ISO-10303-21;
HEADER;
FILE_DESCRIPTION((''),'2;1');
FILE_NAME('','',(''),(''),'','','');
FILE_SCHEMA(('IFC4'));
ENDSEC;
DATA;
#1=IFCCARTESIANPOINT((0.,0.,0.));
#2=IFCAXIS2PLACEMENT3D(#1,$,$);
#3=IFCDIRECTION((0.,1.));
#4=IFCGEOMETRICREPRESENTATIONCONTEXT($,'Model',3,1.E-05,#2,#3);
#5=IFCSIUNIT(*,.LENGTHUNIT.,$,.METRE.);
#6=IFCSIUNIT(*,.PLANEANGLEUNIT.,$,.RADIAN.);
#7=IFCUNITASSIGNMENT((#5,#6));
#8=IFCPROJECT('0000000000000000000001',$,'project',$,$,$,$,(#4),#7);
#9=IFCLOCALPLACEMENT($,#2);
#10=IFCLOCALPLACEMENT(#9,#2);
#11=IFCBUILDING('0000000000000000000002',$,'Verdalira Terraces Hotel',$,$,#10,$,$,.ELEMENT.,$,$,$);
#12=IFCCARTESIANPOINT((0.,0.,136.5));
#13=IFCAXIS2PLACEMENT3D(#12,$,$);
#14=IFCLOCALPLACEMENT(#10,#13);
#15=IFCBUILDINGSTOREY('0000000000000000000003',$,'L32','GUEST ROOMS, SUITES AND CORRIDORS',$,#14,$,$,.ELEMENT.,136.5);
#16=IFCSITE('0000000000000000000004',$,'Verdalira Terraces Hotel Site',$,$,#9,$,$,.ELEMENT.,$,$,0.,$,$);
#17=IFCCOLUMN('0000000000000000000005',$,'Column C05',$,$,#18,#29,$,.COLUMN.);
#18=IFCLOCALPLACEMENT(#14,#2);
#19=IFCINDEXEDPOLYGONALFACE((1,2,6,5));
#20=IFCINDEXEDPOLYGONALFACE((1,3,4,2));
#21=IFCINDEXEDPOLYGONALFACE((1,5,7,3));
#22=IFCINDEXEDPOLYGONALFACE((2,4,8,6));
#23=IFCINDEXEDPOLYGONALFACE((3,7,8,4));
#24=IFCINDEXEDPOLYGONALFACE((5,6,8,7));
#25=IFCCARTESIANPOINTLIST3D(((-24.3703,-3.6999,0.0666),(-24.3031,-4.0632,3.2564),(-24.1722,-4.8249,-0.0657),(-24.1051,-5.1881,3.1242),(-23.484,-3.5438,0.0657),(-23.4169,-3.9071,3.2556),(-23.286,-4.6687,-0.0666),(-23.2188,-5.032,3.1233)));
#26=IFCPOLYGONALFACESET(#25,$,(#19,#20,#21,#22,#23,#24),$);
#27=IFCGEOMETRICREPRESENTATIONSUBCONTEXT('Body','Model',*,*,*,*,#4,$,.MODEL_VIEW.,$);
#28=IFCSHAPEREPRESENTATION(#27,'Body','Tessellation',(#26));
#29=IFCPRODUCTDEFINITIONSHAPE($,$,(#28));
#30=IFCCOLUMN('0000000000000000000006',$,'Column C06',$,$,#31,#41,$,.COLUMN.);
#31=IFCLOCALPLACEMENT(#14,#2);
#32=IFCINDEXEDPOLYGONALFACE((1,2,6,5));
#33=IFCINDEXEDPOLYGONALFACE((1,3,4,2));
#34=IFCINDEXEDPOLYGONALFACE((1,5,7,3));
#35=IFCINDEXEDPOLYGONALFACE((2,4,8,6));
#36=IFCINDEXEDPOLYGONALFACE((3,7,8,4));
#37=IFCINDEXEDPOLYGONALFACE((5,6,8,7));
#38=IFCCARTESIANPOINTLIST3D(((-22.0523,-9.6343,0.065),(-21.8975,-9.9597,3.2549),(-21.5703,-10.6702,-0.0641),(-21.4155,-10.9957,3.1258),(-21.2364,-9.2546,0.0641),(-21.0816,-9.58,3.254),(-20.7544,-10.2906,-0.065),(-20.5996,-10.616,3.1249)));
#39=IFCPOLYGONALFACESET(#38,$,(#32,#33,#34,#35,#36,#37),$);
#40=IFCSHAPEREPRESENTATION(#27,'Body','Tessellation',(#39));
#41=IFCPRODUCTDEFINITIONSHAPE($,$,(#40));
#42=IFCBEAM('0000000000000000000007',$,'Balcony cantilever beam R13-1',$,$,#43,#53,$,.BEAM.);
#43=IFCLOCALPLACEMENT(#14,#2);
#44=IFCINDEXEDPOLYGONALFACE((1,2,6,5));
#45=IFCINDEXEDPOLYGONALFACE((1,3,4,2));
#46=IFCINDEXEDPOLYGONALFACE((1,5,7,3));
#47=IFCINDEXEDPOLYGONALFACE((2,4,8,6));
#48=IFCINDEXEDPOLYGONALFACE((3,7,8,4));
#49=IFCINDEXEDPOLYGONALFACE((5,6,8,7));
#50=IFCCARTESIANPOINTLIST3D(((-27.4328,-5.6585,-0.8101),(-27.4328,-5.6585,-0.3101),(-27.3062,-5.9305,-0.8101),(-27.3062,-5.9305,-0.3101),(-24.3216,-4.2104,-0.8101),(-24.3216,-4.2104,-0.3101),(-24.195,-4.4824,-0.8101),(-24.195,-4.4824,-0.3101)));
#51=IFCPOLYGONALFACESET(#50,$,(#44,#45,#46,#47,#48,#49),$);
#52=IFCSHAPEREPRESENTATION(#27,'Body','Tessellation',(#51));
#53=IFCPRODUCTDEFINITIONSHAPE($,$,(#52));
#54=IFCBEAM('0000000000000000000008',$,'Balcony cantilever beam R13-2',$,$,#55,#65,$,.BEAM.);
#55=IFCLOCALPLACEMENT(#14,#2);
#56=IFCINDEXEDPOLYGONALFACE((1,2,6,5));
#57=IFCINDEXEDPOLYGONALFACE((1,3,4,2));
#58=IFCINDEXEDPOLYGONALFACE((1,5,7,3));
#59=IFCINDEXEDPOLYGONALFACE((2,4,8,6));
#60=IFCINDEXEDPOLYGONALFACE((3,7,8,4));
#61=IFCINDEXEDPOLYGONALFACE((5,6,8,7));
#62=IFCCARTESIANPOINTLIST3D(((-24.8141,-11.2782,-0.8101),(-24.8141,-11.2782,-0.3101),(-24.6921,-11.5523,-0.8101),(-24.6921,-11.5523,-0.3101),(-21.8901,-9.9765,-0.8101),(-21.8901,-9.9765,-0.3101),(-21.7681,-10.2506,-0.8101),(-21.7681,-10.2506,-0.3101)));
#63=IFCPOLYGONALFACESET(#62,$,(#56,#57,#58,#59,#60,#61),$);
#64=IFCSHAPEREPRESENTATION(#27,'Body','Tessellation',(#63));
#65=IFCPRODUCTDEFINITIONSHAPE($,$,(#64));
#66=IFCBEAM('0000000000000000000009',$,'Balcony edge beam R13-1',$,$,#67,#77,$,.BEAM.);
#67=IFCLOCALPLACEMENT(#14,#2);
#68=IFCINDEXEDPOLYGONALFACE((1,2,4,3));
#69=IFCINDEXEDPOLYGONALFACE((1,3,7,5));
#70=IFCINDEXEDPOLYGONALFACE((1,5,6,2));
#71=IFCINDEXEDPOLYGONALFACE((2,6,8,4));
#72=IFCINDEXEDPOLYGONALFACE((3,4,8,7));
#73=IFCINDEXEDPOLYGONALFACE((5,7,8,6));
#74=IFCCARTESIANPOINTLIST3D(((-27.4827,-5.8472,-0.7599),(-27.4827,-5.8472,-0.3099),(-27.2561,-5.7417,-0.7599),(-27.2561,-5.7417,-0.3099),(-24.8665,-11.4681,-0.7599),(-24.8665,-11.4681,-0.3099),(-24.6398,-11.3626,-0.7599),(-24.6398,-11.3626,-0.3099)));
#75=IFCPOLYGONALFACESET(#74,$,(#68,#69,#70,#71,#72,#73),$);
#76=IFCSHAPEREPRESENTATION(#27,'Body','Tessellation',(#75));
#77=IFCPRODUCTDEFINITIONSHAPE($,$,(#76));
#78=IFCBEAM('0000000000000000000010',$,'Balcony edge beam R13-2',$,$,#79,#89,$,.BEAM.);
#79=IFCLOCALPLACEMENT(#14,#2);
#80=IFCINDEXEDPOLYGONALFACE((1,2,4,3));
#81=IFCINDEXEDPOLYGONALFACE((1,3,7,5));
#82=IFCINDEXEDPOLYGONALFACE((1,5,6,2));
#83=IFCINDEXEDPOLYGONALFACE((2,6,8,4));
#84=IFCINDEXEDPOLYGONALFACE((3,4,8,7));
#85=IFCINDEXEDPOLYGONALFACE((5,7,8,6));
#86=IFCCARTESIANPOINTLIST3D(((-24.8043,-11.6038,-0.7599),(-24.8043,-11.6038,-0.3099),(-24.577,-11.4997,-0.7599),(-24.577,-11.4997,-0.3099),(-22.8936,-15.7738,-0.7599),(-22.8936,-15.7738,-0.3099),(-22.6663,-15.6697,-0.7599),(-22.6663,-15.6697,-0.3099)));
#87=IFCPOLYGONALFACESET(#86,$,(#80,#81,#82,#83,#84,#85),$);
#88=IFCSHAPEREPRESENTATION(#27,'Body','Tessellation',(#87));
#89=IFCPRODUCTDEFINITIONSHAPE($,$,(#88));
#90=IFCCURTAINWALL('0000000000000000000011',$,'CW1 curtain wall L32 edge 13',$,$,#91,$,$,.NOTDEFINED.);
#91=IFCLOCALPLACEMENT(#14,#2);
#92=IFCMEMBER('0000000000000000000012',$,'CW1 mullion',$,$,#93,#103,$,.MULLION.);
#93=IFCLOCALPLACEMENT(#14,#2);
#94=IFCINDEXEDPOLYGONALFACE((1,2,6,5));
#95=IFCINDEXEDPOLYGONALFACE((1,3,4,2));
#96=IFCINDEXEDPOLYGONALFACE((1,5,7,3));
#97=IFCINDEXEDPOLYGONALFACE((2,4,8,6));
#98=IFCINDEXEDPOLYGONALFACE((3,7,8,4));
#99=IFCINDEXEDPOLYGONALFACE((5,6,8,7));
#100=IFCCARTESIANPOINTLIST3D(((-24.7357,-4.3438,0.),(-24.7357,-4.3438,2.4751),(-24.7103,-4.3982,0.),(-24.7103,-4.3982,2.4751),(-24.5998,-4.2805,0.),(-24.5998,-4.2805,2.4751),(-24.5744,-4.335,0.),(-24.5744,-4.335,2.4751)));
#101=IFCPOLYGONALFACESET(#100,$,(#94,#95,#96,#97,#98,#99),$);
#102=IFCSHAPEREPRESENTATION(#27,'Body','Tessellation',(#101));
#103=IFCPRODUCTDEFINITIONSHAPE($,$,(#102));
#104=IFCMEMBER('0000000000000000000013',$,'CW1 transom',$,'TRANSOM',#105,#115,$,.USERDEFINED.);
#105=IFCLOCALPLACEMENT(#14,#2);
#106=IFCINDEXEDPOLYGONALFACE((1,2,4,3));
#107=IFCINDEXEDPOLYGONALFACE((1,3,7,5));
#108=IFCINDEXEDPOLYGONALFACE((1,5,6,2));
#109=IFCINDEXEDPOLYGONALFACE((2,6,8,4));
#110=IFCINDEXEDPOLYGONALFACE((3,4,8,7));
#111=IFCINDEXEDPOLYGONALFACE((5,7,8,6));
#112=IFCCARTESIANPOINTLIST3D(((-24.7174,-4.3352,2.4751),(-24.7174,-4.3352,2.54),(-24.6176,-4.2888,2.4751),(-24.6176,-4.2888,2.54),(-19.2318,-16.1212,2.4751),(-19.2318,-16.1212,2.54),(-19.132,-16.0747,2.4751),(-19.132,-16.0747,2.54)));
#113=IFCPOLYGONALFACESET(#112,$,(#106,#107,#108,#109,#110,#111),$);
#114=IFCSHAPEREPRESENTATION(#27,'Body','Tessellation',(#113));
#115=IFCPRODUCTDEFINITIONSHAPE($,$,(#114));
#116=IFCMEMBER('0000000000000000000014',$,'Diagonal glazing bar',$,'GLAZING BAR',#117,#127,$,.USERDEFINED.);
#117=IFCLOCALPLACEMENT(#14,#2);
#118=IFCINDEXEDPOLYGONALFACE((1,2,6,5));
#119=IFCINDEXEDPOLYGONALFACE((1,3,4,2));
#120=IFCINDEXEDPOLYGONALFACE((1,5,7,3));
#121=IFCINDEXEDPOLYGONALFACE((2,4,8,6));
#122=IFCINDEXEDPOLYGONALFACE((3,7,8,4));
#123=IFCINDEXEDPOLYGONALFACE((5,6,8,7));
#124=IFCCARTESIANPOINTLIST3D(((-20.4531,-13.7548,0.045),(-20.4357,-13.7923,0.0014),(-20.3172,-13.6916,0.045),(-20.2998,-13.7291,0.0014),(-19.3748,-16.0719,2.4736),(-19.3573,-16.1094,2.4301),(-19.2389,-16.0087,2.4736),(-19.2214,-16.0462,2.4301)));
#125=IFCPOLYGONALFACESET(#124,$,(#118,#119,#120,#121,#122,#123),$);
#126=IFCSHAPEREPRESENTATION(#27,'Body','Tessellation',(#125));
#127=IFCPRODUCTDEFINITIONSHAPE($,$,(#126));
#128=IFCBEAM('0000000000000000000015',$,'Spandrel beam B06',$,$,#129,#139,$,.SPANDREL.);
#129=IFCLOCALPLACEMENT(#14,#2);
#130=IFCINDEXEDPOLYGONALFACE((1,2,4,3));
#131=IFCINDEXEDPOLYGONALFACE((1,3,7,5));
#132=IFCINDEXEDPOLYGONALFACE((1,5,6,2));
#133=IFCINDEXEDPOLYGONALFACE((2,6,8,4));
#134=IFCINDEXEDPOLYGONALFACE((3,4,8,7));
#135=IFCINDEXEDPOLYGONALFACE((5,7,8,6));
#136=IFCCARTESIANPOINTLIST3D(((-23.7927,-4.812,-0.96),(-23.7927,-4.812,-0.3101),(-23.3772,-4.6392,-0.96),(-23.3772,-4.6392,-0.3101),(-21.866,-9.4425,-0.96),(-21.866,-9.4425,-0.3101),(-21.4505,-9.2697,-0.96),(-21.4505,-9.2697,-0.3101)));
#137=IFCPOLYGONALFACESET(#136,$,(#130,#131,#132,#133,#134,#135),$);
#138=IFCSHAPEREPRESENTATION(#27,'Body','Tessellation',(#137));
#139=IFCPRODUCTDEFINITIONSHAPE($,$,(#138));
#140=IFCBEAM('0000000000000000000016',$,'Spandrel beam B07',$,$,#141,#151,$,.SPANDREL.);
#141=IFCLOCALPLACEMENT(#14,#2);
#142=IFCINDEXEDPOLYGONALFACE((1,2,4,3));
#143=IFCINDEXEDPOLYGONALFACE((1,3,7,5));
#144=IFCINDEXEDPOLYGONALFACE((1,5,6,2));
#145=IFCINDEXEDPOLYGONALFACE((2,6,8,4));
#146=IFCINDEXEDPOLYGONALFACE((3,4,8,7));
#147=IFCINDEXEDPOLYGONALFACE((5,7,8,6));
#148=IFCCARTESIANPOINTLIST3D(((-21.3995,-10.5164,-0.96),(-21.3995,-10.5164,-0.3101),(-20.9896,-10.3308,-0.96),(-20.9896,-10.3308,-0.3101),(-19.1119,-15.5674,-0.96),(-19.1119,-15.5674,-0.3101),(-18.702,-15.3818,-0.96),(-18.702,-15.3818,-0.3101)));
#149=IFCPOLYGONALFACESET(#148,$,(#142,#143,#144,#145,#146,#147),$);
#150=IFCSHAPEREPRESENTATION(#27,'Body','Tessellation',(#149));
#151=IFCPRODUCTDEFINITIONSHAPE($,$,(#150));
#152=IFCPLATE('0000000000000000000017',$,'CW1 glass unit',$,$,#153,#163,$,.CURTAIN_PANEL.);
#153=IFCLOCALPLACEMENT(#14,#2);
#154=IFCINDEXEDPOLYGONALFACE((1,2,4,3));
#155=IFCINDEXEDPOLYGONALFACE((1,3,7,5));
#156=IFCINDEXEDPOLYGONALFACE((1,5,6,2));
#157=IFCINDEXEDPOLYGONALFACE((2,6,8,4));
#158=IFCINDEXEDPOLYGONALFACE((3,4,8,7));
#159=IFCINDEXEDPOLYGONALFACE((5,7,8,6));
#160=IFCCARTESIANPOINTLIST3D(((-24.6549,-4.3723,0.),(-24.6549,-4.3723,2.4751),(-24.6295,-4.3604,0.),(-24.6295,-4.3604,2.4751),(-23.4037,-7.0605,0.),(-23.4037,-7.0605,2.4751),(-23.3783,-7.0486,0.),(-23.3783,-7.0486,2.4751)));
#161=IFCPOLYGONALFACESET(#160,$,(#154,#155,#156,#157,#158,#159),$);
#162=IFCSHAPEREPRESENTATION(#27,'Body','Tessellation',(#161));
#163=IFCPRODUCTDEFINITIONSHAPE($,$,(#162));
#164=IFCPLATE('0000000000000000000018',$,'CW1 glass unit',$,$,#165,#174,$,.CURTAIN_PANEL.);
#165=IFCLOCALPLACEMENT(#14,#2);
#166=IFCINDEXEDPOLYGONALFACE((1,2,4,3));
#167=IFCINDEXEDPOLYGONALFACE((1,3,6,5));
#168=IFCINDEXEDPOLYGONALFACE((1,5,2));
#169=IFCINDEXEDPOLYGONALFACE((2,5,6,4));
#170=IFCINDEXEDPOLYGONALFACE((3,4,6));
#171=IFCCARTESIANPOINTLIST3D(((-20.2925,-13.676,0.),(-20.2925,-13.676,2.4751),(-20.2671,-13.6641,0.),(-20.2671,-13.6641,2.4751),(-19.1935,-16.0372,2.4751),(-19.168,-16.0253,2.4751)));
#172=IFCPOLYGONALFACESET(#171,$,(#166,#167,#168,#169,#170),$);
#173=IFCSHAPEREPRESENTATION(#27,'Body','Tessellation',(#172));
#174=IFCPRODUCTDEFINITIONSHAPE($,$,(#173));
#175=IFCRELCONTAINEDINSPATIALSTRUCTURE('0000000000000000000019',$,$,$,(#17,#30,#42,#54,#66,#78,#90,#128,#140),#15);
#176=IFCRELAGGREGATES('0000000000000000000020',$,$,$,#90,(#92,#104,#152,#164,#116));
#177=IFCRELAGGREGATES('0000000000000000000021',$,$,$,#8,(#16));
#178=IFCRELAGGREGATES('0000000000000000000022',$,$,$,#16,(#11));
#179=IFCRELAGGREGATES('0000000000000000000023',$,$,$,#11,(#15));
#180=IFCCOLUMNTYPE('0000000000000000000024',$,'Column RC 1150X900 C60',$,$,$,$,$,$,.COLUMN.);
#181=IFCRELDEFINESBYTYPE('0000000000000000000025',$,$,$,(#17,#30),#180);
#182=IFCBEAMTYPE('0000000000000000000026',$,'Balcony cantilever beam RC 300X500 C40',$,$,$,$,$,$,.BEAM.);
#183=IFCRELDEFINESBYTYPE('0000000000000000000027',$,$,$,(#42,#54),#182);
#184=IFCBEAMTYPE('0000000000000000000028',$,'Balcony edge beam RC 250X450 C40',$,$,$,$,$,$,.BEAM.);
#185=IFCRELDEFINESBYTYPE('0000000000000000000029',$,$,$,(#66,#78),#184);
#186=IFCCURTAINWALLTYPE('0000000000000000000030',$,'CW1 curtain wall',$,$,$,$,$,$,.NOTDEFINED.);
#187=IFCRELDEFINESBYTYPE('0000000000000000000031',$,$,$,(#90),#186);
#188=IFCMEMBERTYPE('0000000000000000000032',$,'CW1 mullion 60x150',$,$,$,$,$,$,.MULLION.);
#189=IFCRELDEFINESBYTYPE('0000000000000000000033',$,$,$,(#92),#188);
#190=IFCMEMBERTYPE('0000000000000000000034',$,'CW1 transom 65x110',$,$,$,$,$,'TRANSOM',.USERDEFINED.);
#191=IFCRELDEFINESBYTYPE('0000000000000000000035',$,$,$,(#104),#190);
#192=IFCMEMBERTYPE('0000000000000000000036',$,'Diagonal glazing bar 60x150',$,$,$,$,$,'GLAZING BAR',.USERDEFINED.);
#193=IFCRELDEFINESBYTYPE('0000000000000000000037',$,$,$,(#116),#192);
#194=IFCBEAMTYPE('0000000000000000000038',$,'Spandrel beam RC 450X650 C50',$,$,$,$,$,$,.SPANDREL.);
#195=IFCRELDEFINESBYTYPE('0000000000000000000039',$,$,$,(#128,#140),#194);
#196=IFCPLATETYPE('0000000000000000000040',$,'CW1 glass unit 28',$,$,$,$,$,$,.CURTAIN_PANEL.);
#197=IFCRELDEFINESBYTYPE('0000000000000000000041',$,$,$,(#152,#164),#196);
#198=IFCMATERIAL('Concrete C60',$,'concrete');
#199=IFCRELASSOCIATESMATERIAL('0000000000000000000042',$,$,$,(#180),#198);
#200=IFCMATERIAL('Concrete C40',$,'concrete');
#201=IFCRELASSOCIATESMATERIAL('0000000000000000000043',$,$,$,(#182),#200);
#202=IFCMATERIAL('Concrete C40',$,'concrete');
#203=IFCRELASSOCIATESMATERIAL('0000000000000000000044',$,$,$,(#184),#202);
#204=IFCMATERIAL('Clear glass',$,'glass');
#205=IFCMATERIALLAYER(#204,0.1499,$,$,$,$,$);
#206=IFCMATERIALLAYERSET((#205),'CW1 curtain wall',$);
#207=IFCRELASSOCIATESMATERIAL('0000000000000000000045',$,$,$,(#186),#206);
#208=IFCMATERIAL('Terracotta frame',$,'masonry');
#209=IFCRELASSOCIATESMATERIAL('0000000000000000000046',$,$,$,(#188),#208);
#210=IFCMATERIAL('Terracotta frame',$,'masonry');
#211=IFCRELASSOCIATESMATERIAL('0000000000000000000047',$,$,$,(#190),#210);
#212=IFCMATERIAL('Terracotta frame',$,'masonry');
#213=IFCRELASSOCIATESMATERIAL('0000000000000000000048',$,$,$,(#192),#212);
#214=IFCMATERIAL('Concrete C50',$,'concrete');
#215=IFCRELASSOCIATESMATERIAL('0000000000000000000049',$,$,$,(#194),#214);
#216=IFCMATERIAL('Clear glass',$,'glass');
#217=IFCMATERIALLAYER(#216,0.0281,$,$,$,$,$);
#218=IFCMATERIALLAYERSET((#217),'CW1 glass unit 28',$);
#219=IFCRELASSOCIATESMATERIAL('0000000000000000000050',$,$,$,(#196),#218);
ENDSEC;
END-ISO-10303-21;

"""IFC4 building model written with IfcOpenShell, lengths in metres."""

from ifc_helpers import new_model, si_unit, direction, frame, origin, origin_2d, place, context, subcontext, project, spatial, polyline, rectangle, outline, extrude, material, layer, layer_set, material_profile, profile_set, type_object, element, aggregate, save


model = new_model("IFC4")

# Units and contexts
model_context = context("Model", 3, precision=1e-05, world=origin(), true_north=direction((0.0, 1.0)))
body_context = subcontext(model_context, "Body", "Model", "MODEL_VIEW")
ifc_project = project(units=[si_unit("LENGTHUNIT", "METRE"), si_unit("PLANEANGLEUNIT", "RADIAN")], contexts=[model_context])

# Site, building, storey
site_placement = place(None, origin())
site = spatial("IfcSite", under=ifc_project, at=site_placement, Name="Verdalira Terraces Hotel Site", CompositionType="ELEMENT", RefElevation=0.0)
building_placement = place(site_placement, origin())
building = spatial("IfcBuilding", under=site, at=building_placement, Name="Verdalira Terraces Hotel", CompositionType="ELEMENT")
storey_placement = place(building_placement, frame((0.0, 0.0, 136.5)))
storey = spatial("IfcBuildingStorey", under=building, at=storey_placement, Name="L32", Description="GUEST ROOMS, SUITES AND CORRIDORS", CompositionType="ELEMENT", Elevation=136.5)

# Columns
ifc_material_1 = material(Name="Concrete C60", Category="concrete")
ifc_material_profile_1 = material_profile(ifc_material_1, rectangle(XDim=1.1499, YDim=0.8999, at=origin_2d()), Name="RC 1150X900")
ifc_profile_set_1 = profile_set([ifc_material_profile_1], Name="Concrete C60")
column_type = type_object("IfcColumnType", Name="Column RC 1150X900 C60", PredefinedType="COLUMN", material=ifc_profile_set_1)
column_1_placement = place(storey_placement, frame((-23.8281, -4.1843, 0.0), z_axis=(0.020907, -0.113127, 0.993361), x_axis=(-0.172228, 0.978317, 0.115039)))
element("IfcColumn", 1, at=column_1_placement, inside=storey, type_object=column_type, Name="Column C05", PredefinedType="COLUMN", context=body_context, shape_type="SweptSolid", body=[
    extrude(rectangle(XDim=1.1499, YDim=0.8999, at=origin_2d()), origin(), (0.0, 0.0, 1.0), 3.2112),
])
column_2_placement = place(storey_placement, frame((-21.4033, -9.9624, 0.0), z_axis=(0.048216, -0.101376, 0.993679), x_axis=(0.419168, -0.900942, -0.112254)))
element("IfcColumn", 2, at=column_2_placement, inside=storey, type_object=column_type, Name="Column C06", PredefinedType="COLUMN", context=body_context, shape_type="SweptSolid", body=[
    extrude(rectangle(XDim=1.1499, YDim=0.8999, at=origin_2d()), origin(), (0.0, 0.0, 1.0), 3.2102),
])

# Beams
ifc_material_2 = material(Name="Concrete C40", Category="concrete")
ifc_material_profile_2 = material_profile(ifc_material_2, rectangle(XDim=0.3, YDim=0.5, at=origin_2d()), Name="RC 300X500")
ifc_profile_set_2 = profile_set([ifc_material_profile_2], Name="Concrete C40")
beam_type_1 = type_object("IfcBeamType", Name="Balcony cantilever beam RC 300X500 C40", PredefinedType="BEAM", material=ifc_profile_set_2)
beam_1_placement = place(storey_placement, frame((-24.2583, -4.3464, -0.5601), z_axis=(-0.906612, -0.421966, 0.0), x_axis=(0.421966, -0.906612, 0.0)))
element("IfcBeam", 3, at=beam_1_placement, inside=storey, type_object=beam_type_1, Name="Balcony cantilever beam R13-1", PredefinedType="BEAM", context=body_context, shape_type="SweptSolid", body=[
    extrude(rectangle(XDim=0.3, YDim=0.5, at=origin_2d()), origin(), (0.0, 0.0, 1.0), 3.4316),
])
beam_2_placement = place(storey_placement, frame((-21.8291, -10.1135, -0.5601), z_axis=(-0.91356, -0.406705, 0.0), x_axis=(0.406705, -0.91356, 0.0)))
element("IfcBeam", 4, at=beam_2_placement, inside=storey, type_object=beam_type_1, Name="Balcony cantilever beam R13-2", PredefinedType="BEAM", context=body_context, shape_type="SweptSolid", body=[
    extrude(rectangle(XDim=0.3, YDim=0.5, at=origin_2d()), origin(), (0.0, 0.0, 1.0), 3.2007),
])
ifc_material_3 = material(Name="Concrete C40", Category="concrete")
ifc_material_profile_3 = material_profile(ifc_material_3, rectangle(XDim=0.25, YDim=0.45, at=origin_2d()), Name="RC 250X450")
ifc_profile_set_3 = profile_set([ifc_material_profile_3], Name="Concrete C40")
beam_type_2 = type_object("IfcBeamType", Name="Balcony edge beam RC 250X450 C40", PredefinedType="BEAM", material=ifc_profile_set_3)
beam_3_placement = place(storey_placement, frame((-27.3694, -5.7944, -0.5349), z_axis=(0.421978, -0.906606, 0.0), x_axis=(0.906606, 0.421978, 0.0)))
element("IfcBeam", 5, at=beam_3_placement, inside=storey, type_object=beam_type_2, Name="Balcony edge beam R13-1", PredefinedType="BEAM", context=body_context, shape_type="SweptSolid", body=[
    extrude(rectangle(XDim=0.25, YDim=0.45, at=origin_2d()), origin(), (0.0, 0.0, 1.0), 6.2),
])
beam_4_placement = place(storey_placement, frame((-24.6907, -11.5518, -0.5349), z_axis=(0.416552, -0.909112, 0.0), x_axis=(0.909112, 0.416552, 0.0)))
element("IfcBeam", 6, at=beam_4_placement, inside=storey, type_object=beam_type_2, Name="Balcony edge beam R13-2", PredefinedType="BEAM", context=body_context, shape_type="SweptSolid", body=[
    extrude(rectangle(XDim=0.25, YDim=0.45, at=origin_2d()), origin(), (0.0, 0.0, 1.0), 4.5869),
])

# Curtain wall, members
ifc_material_4 = material(Name="Clear glass", Category="glass")
ifc_layer_1 = layer(ifc_material_4, 0.1499)
ifc_layer_set_1 = layer_set([ifc_layer_1], Name="CW1 curtain wall")
curtain_wall_type = type_object("IfcCurtainWallType", Name="CW1 curtain wall", PredefinedType="NOTDEFINED", material=ifc_layer_set_1)
curtain_wall_placement = place(storey_placement, origin())
curtain_wall = element("IfcCurtainWall", 7, at=curtain_wall_placement, inside=storey, type_object=curtain_wall_type, Name="CW1 curtain wall L32 edge 13", PredefinedType="NOTDEFINED")
ifc_material_5 = material(Name="Terracotta frame", Category="masonry")
ifc_material_profile_4 = material_profile(ifc_material_5, rectangle(XDim=0.0601, YDim=0.1499, at=origin_2d()), Name="MU 60x150")
ifc_profile_set_4 = profile_set([ifc_material_profile_4], Name="Terracotta frame")
member_type_1 = type_object("IfcMemberType", Name="CW1 mullion 60x150", PredefinedType="MULLION", material=ifc_profile_set_4)
member_1_placement = place(storey_placement, frame((-24.655, -4.3394, 0.0), z_axis=(0.0, 0.0, 1.0), x_axis=(0.421985, -0.906603, 0.0)))
member_1 = element("IfcMember", 8, at=member_1_placement, type_object=member_type_1, Name="CW1 mullion", PredefinedType="MULLION", context=body_context, shape_type="SweptSolid", body=[
    extrude(rectangle(XDim=0.0601, YDim=0.1499, at=origin_2d()), origin(), (0.0, 0.0, 1.0), 2.4751),
])
ifc_material_6 = material(Name="Terracotta frame", Category="masonry")
ifc_material_profile_5 = material_profile(ifc_material_6, rectangle(XDim=0.1101, YDim=0.0649, at=origin_2d()), Name="TR 65x110")
ifc_profile_set_5 = profile_set([ifc_material_profile_5], Name="Terracotta frame")
member_type_2 = type_object("IfcMemberType", Name="CW1 transom 65x110", ElementType="TRANSOM", PredefinedType="USERDEFINED", material=ifc_profile_set_5)
member_2_placement = place(storey_placement, frame((-24.6675, -4.312, 2.5076), z_axis=(0.42197, -0.90661, 0.0), x_axis=(0.90661, 0.42197, 0.0)))
member_2 = element("IfcMember", 9, at=member_2_placement, type_object=member_type_2, Name="CW1 transom", ObjectType="TRANSOM", PredefinedType="USERDEFINED", context=body_context, shape_type="SweptSolid", body=[
    extrude(rectangle(XDim=0.1101, YDim=0.0649, at=origin_2d()), origin(), (0.0, 0.0, 1.0), 13.0),
])
ifc_material_7 = material(Name="Terracotta frame", Category="masonry")
ifc_material_profile_6 = material_profile(ifc_material_7, rectangle(XDim=0.1499, YDim=0.0601, at=origin_2d()), Name="GB 60x150")
ifc_profile_set_6 = profile_set([ifc_material_profile_6], Name="Terracotta frame")
member_type_3 = type_object("IfcMemberType", Name="Diagonal glazing bar 60x150", ElementType="GLAZING BAR", PredefinedType="USERDEFINED", material=ifc_profile_set_6)
member_3_placement = place(storey_placement, frame((-20.3765, -13.7419, 0.0232), z_axis=(0.305859, -0.657211, 0.688857), x_axis=(0.906627, 0.421933, 0.0)))
member_3 = element("IfcMember", 10, at=member_3_placement, type_object=member_type_3, Name="Diagonal glazing bar", ObjectType="GLAZING BAR", PredefinedType="USERDEFINED", context=body_context, shape_type="SweptSolid", body=[
    extrude(rectangle(XDim=0.1499, YDim=0.0601, at=origin_2d()), origin(), (0.0, 0.0, 1.0), 3.5256),
])

# Beams
ifc_material_8 = material(Name="Concrete C50", Category="concrete")
ifc_material_profile_7 = material_profile(ifc_material_8, rectangle(XDim=0.45, YDim=0.6499, at=origin_2d()), Name="RC 450X650")
ifc_profile_set_7 = profile_set([ifc_material_profile_7], Name="Concrete C50")
beam_type_3 = type_object("IfcBeamType", Name="Spandrel beam RC 450X650 C50", PredefinedType="SPANDREL", material=ifc_profile_set_7)
beam_5_placement = place(storey_placement, frame((-23.585, -4.7256, -0.635), z_axis=(0.384163, -0.923265, 0.0), x_axis=(0.923265, 0.384163, 0.0)))
element("IfcBeam", 11, at=beam_5_placement, inside=storey, type_object=beam_type_3, Name="Spandrel beam B06", PredefinedType="SPANDREL", context=body_context, shape_type="SweptSolid", body=[
    extrude(rectangle(XDim=0.45, YDim=0.6499, at=origin_2d()), origin(), (0.0, 0.0, 1.0), 5.0154),
])
beam_6_placement = place(storey_placement, frame((-21.1946, -10.4236, -0.635), z_axis=(0.412559, -0.910931, 0.0), x_axis=(0.910931, 0.412559, 0.0)))
element("IfcBeam", 12, at=beam_6_placement, inside=storey, type_object=beam_type_3, Name="Spandrel beam B07", PredefinedType="SPANDREL", context=body_context, shape_type="SweptSolid", body=[
    extrude(rectangle(XDim=0.45, YDim=0.6499, at=origin_2d()), origin(), (0.0, 0.0, 1.0), 5.5449),
])

# Plates
ifc_material_9 = material(Name="Clear glass", Category="glass")
ifc_layer_2 = layer(ifc_material_9, 0.0281)
ifc_layer_set_2 = layer_set([ifc_layer_2], Name="CW1 glass unit 28")
plate_type = type_object("IfcPlateType", Name="CW1 glass unit 28", PredefinedType="CURTAIN_PANEL", material=ifc_layer_set_2)
plate_1_placement = place(storey_placement, frame((-24.0166, -5.7104, 0.0), z_axis=(0.0, 0.0, 1.0), x_axis=(0.421985, -0.906603, 0.0)))
plate_1 = element("IfcPlate", 13, at=plate_1_placement, type_object=plate_type, Name="CW1 glass unit", PredefinedType="CURTAIN_PANEL", context=body_context, shape_type="SweptSolid", body=[
    extrude(rectangle(XDim=2.9651, YDim=0.0281, at=origin_2d()), origin(), (0.0, 0.0, 1.0), 2.4751),
])
plate_2_placement = place(storey_placement, frame((-19.7175, -14.8447, 1.2375), z_axis=(-0.906603, -0.421985, 0.0), x_axis=(0.421985, -0.906603, 0.0)))
plate_2 = element("IfcPlate", 14, at=plate_2_placement, type_object=plate_type, Name="CW1 glass unit", PredefinedType="CURTAIN_PANEL", context=body_context, shape_type="SweptSolid", body=[
    extrude(outline(polyline([(-1.3022, -1.2375), (1.3022, 1.2375), (-1.3022, 1.2375), (-1.3022, -1.2375)])), origin(), (0.0, 0.0, 1.0), 0.0281),
])
aggregate(curtain_wall, [member_1, member_2, plate_1, plate_2, member_3])

save(model, "model.ifc")
